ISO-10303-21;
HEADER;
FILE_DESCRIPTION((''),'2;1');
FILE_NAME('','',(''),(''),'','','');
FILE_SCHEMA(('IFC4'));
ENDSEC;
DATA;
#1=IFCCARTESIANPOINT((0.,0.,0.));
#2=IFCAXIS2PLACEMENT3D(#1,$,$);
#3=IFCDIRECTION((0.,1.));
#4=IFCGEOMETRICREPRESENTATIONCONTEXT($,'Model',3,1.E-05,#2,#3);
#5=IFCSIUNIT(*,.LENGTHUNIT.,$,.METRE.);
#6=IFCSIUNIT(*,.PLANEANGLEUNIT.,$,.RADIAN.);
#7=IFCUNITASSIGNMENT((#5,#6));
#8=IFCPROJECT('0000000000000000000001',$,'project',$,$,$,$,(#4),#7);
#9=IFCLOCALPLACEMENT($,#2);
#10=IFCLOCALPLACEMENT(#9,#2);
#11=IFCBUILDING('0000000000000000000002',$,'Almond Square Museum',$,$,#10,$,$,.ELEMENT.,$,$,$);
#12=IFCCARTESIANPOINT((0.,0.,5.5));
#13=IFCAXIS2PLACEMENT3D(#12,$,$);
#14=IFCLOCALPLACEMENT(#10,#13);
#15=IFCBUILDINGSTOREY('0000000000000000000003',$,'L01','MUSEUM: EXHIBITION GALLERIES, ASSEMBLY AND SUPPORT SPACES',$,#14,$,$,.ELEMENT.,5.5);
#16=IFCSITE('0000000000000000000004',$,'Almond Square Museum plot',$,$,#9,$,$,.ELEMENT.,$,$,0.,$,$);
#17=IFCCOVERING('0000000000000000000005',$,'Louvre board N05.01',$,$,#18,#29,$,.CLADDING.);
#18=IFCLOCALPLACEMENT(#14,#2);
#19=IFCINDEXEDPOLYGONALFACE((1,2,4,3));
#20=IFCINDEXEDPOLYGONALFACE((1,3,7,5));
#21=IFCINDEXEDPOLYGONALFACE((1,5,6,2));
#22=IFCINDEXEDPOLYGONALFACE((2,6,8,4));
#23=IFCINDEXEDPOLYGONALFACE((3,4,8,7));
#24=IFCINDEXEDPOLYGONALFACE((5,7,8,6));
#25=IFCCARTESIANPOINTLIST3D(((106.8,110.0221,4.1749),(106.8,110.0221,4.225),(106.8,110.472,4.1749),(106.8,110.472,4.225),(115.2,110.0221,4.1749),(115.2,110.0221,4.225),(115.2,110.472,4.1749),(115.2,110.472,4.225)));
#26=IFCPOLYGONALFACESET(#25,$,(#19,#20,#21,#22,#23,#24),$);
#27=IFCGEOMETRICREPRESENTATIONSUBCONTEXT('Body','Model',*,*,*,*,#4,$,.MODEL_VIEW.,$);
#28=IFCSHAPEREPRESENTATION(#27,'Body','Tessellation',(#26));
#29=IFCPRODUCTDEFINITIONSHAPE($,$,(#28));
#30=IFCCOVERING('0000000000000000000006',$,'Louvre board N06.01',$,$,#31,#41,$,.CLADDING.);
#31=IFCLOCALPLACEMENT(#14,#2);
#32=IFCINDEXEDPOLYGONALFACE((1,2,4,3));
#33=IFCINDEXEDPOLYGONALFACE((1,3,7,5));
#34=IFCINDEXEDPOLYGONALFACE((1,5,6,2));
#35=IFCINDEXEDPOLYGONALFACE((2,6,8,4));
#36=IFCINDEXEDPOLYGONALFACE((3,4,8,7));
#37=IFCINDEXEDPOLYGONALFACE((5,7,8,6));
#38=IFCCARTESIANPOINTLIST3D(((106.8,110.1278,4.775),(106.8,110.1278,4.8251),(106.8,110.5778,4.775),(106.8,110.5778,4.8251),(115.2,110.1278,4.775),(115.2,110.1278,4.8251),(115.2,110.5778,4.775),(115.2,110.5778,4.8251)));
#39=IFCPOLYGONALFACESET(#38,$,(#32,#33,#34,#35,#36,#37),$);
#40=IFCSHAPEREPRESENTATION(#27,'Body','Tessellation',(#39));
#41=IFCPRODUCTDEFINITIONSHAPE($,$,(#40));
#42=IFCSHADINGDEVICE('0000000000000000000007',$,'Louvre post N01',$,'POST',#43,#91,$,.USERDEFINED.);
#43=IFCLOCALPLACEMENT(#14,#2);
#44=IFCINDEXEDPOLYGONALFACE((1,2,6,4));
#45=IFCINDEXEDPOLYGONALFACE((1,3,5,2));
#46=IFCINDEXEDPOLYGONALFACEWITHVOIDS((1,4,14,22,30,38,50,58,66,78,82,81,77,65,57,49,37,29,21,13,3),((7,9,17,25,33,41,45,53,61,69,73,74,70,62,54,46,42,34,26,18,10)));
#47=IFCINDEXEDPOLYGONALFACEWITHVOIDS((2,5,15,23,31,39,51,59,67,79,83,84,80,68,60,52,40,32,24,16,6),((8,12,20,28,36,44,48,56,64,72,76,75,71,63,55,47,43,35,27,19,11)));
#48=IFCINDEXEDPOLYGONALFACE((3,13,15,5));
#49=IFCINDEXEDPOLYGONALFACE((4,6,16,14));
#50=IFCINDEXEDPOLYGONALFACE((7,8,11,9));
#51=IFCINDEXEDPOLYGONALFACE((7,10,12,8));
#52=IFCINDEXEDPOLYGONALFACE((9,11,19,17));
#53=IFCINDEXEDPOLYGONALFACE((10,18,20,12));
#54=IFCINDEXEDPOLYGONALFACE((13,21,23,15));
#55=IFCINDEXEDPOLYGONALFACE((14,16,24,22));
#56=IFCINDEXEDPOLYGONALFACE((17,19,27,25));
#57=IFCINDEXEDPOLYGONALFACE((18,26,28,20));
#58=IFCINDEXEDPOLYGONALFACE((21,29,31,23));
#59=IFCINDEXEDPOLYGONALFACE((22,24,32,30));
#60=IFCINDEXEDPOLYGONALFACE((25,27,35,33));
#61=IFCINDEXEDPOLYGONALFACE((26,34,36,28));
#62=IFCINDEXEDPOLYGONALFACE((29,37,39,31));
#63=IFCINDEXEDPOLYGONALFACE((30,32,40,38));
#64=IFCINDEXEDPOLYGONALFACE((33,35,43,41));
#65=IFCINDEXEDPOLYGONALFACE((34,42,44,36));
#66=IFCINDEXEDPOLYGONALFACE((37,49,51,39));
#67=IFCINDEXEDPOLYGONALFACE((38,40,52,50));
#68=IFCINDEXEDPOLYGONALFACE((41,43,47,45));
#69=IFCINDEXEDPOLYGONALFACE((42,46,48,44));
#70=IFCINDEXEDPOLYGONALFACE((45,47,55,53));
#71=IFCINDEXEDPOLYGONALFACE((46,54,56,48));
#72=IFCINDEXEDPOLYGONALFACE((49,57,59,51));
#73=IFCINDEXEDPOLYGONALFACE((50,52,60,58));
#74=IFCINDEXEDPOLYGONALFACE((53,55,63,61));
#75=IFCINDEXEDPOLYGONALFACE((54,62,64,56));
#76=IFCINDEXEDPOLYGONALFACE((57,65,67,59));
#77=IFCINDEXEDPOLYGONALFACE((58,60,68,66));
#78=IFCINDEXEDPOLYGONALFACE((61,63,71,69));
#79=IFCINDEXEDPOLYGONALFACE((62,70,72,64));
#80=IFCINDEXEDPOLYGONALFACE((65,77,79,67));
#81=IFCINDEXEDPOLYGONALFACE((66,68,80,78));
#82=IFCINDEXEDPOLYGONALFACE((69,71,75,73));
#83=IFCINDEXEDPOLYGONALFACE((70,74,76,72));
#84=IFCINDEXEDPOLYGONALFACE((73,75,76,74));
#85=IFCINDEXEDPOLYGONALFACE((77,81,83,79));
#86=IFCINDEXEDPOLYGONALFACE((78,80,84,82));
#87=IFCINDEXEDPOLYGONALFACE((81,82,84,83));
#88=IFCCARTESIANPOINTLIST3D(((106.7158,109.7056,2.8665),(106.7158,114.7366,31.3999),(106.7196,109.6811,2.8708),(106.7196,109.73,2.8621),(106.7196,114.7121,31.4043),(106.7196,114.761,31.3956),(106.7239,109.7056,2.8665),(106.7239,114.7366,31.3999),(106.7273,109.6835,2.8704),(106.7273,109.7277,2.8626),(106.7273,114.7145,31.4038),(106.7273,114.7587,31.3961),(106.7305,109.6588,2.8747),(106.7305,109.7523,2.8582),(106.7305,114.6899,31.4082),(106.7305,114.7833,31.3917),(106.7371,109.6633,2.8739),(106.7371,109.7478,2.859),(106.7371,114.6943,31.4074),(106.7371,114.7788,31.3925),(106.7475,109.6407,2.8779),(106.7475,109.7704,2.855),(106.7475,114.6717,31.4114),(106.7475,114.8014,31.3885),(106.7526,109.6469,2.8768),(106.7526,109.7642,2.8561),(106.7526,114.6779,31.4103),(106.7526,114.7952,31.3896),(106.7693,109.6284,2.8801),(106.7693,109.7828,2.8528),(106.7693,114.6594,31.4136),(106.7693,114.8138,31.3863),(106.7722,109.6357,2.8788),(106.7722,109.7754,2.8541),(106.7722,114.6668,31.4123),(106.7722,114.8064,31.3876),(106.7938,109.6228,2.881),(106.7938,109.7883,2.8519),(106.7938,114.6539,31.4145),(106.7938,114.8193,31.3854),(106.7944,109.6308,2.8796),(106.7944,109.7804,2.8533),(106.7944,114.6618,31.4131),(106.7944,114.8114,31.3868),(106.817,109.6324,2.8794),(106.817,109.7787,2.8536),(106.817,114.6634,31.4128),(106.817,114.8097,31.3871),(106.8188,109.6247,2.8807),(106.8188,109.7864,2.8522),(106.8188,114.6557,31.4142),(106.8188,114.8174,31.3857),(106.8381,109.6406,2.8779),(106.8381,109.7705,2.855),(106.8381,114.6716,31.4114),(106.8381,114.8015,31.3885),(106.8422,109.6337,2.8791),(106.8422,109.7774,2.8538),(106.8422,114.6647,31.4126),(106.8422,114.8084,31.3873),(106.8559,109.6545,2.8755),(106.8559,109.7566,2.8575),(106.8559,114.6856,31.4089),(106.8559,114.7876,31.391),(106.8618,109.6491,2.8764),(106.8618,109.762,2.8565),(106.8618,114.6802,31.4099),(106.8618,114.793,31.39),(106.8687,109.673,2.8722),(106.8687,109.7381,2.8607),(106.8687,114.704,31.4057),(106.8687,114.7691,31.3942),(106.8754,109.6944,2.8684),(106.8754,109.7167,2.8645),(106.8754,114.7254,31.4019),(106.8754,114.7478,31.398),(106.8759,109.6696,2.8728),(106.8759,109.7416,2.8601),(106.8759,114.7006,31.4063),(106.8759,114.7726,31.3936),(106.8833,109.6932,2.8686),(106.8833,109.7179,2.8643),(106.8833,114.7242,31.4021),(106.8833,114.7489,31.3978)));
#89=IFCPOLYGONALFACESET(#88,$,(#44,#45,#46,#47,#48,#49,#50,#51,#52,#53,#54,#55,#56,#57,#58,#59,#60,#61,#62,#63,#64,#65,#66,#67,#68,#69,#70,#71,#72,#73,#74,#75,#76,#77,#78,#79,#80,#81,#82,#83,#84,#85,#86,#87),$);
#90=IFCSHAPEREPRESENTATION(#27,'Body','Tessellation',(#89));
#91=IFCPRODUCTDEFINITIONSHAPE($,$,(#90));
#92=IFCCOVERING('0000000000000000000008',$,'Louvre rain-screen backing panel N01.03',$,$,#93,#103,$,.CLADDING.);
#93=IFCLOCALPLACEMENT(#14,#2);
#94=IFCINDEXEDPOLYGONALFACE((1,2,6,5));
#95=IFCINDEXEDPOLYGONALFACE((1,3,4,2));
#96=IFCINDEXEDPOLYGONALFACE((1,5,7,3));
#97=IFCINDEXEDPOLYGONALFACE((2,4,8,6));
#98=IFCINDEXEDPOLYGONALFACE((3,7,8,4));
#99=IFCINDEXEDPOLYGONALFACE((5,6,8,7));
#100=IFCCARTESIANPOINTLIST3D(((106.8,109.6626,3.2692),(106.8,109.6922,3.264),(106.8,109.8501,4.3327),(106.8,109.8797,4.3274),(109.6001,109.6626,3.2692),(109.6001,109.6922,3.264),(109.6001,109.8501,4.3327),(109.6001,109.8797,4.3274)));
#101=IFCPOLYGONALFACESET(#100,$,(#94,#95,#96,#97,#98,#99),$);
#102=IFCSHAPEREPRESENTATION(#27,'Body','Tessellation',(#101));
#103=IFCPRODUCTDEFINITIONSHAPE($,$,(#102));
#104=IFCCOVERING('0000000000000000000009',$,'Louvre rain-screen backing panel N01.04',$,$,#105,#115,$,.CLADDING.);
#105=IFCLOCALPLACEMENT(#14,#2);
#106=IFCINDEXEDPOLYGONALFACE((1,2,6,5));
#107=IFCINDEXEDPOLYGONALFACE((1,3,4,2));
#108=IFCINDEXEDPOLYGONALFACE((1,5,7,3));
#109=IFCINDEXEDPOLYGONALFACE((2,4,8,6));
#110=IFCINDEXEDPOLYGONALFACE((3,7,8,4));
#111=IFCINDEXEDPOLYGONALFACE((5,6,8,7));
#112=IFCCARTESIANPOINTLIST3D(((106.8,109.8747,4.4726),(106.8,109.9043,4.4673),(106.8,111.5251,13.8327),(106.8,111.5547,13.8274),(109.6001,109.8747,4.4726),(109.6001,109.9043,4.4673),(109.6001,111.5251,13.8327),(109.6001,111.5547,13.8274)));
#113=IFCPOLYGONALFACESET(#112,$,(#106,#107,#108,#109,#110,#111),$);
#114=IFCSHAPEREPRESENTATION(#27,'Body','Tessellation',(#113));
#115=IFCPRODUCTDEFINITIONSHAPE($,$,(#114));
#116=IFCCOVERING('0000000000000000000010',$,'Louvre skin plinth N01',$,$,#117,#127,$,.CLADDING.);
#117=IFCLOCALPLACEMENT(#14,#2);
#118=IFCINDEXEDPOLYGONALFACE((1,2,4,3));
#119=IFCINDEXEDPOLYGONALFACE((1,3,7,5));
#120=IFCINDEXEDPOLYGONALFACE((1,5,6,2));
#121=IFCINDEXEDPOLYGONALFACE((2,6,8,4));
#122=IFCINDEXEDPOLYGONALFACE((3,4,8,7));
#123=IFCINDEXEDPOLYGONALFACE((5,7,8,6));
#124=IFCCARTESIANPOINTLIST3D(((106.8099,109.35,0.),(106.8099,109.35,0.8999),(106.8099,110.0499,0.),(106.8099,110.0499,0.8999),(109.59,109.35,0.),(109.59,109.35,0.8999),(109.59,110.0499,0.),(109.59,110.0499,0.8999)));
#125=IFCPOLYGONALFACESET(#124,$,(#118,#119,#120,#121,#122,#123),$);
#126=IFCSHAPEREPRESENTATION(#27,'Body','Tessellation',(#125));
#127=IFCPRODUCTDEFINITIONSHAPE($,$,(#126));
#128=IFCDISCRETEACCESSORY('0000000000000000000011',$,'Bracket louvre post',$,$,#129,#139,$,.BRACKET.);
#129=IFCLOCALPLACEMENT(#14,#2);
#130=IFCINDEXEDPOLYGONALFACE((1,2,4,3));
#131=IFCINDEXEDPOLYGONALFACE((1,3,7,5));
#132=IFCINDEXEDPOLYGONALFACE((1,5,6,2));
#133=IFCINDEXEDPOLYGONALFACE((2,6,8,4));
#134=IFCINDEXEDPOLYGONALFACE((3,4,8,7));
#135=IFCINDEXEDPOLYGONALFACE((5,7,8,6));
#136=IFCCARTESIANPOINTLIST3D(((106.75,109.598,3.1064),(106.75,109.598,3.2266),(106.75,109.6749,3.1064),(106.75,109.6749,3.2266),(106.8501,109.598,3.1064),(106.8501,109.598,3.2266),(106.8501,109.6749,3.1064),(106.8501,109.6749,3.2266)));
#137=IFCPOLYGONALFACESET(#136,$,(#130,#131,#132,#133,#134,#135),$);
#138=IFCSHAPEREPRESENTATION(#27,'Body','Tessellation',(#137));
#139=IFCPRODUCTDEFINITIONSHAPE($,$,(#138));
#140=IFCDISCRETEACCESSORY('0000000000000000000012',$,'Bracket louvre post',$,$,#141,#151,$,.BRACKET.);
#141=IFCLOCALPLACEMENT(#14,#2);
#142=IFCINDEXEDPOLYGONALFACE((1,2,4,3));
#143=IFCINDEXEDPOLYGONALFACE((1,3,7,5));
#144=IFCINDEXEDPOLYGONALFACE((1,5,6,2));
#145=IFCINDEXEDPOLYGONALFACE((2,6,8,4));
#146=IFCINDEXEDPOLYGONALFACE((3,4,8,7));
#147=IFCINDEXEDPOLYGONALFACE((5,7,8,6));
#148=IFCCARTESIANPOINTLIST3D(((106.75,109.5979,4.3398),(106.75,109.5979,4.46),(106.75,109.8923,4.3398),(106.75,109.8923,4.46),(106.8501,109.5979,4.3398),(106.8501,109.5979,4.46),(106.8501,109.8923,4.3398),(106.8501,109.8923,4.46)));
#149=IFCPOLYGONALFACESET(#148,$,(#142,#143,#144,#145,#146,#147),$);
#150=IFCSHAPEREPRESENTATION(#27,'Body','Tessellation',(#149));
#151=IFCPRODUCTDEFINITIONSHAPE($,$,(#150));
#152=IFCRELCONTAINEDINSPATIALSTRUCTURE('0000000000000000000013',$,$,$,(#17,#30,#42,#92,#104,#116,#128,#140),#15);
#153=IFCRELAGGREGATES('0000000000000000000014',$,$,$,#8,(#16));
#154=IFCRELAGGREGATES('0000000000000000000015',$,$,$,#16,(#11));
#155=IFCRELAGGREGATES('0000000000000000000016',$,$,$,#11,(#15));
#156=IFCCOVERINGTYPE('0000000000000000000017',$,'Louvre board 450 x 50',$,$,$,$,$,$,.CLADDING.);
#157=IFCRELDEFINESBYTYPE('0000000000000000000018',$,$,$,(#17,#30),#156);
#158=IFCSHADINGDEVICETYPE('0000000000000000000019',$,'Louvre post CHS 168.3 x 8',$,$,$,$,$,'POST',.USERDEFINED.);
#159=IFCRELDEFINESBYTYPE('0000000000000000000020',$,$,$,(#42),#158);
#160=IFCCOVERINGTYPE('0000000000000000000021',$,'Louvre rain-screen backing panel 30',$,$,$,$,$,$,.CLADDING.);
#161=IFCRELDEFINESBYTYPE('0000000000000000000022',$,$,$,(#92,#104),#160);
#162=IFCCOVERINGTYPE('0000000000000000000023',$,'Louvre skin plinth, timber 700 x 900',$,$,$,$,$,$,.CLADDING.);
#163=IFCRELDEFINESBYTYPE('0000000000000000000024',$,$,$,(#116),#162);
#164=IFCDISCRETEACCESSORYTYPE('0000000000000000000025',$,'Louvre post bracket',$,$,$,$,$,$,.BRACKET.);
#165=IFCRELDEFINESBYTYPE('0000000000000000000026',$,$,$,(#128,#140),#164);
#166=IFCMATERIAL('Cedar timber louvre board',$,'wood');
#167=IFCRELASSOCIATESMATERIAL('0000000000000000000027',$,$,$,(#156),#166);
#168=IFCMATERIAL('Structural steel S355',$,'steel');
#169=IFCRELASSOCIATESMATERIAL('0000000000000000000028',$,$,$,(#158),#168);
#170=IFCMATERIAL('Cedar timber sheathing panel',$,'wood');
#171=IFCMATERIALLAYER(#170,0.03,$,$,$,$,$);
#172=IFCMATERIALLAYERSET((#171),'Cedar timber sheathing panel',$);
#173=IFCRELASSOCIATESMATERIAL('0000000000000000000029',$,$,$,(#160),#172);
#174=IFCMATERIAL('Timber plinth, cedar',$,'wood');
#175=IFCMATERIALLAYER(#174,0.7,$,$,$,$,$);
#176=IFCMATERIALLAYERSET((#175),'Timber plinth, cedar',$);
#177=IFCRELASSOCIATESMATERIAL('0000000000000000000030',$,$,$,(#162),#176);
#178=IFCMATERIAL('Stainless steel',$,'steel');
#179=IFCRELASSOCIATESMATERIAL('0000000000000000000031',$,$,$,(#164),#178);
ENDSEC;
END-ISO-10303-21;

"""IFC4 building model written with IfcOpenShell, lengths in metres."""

from ifc_helpers import new_model, si_unit, direction, frame, origin, origin_2d, place, context, subcontext, project, spatial, polyline, rectangle, hollow_circle, outline, extrude, material, layer, layer_set, material_profile, profile_set, type_object, element, save


model = new_model("IFC4")

# Units and contexts
model_context = context("Model", 3, precision=1e-05, world=origin(), true_north=direction((0.0, 1.0)))
body_context = subcontext(model_context, "Body", "Model", "MODEL_VIEW")
ifc_project = project(units=[si_unit("LENGTHUNIT", "METRE"), si_unit("PLANEANGLEUNIT", "RADIAN")], contexts=[model_context])

# Site, building, storey
site_placement = place(None, origin())
site = spatial("IfcSite", under=ifc_project, at=site_placement, Name="Almond Square Museum plot", CompositionType="ELEMENT", RefElevation=0.0)
building_placement = place(site_placement, origin())
building = spatial("IfcBuilding", under=site, at=building_placement, Name="Almond Square Museum", CompositionType="ELEMENT")
storey_placement = place(building_placement, frame((0.0, 0.0, 5.5)))
storey = spatial("IfcBuildingStorey", under=building, at=storey_placement, Name="L01", Description="MUSEUM: EXHIBITION GALLERIES, ASSEMBLY AND SUPPORT SPACES", CompositionType="ELEMENT", Elevation=5.5)

# Coverings
ifc_material_1 = material(Name="Cedar timber louvre board", Category="wood")
ifc_material_profile_1 = material_profile(ifc_material_1, rectangle(XDim=0.45, YDim=0.05, at=origin_2d()))
ifc_profile_set_1 = profile_set([ifc_material_profile_1], Name="Cedar timber louvre board")
covering_type_1 = type_object("IfcCoveringType", Name="Louvre board 450 x 50", PredefinedType="CLADDING", material=ifc_profile_set_1)
for number, where, z_axis, x_axis, name in (
    (1, (106.8, 110.2471, 4.2), (1.0, 0.0, 0.0), (0.0, 1.0, 0.0), "Louvre board N05.01"),
    (2, (106.8, 110.3528, 4.8), (1.0, 0.0, 0.0), (0.0, 1.0, 0.0), "Louvre board N06.01"),
):
    element("IfcCovering", number, at=place(storey_placement, frame(where, z_axis=z_axis, x_axis=x_axis)), inside=storey, type_object=covering_type_1, Name=name, PredefinedType="CLADDING", context=body_context, shape_type="SweptSolid", body=[
        extrude(rectangle(XDim=0.45, YDim=0.05, at=origin_2d()), origin(), (0.0, 0.0, 1.0), 8.3999),
    ])

# Shading device
ifc_material_2 = material(Name="Structural steel S355", Category="steel")
ifc_material_profile_2 = material_profile(ifc_material_2, hollow_circle(Radius=0.0842, WallThickness=0.0081, at=origin_2d()))
ifc_profile_set_2 = profile_set([ifc_material_profile_2], Name="Structural steel S355")
shading_device_type = type_object("IfcShadingDeviceType", Name="Louvre post CHS 168.3 x 8", ElementType="POST", PredefinedType="USERDEFINED", material=ifc_profile_set_2)
shading_device_placement = place(storey_placement, frame((106.8, 109.7056, 2.8665), z_axis=(0.0, 0.173641, 0.984809), x_axis=(-1.0, 0.0, 0.0)))
element("IfcShadingDevice", 3, at=shading_device_placement, inside=storey, type_object=shading_device_type, Name="Louvre post N01", ObjectType="POST", PredefinedType="USERDEFINED", context=body_context, shape_type="SweptSolid", body=[
    extrude(hollow_circle(Radius=0.0842, WallThickness=0.0081, at=origin_2d()), origin(), (0.0, 0.0, 1.0), 28.9736),
])

# Coverings
ifc_material_3 = material(Name="Cedar timber sheathing panel", Category="wood")
ifc_layer_1 = layer(ifc_material_3, 0.03)
ifc_layer_set_1 = layer_set([ifc_layer_1], Name="Cedar timber sheathing panel")
covering_type_2 = type_object("IfcCoveringType", Name="Louvre rain-screen backing panel 30", PredefinedType="CLADDING", material=ifc_layer_set_1)
covering_1_placement = place(storey_placement, frame((106.8, 109.6772, 3.2666), z_axis=(0.0, -0.984811, 0.173631), x_axis=(1.0, 0.0, 0.0)))
element("IfcCovering", 4, at=covering_1_placement, inside=storey, type_object=covering_type_2, Name="Louvre rain-screen backing panel N01.03", PredefinedType="CLADDING", context=body_context, shape_type="SweptSolid", body=[
    extrude(outline(polyline([(0.0, 0.0), (2.8, 0.0), (2.8, 1.0799), (0.0, 1.0799), (0.0, 0.0)])), frame((0.0, 0.0, -0.0151)), (0.0, 0.0, 1.0), 0.03),
])
covering_2_placement = place(storey_placement, frame((106.8, 109.8894, 4.47), z_axis=(0.0, -0.984809, 0.173643), x_axis=(1.0, 0.0, 0.0)))
element("IfcCovering", 5, at=covering_2_placement, inside=storey, type_object=covering_type_2, Name="Louvre rain-screen backing panel N01.04", PredefinedType="CLADDING", context=body_context, shape_type="SweptSolid", body=[
    extrude(outline(polyline([(0.0, 0.0), (2.8, 0.0), (2.8, 9.5045), (0.0, 9.5045), (0.0, 0.0)])), frame((0.0, 0.0, -0.0151)), (0.0, 0.0, 1.0), 0.03),
])
ifc_material_4 = material(Name="Timber plinth, cedar", Category="wood")
ifc_layer_2 = layer(ifc_material_4, 0.7)
ifc_layer_set_2 = layer_set([ifc_layer_2], Name="Timber plinth, cedar")
covering_type_3 = type_object("IfcCoveringType", Name="Louvre skin plinth, timber 700 x 900", PredefinedType="CLADDING", material=ifc_layer_set_2)
covering_3_placement = place(storey_placement, frame((108.2, 109.7, 0.0), z_axis=(0.0, 0.0, 1.0), x_axis=(1.0, 0.0, 0.0)))
element("IfcCovering", 6, at=covering_3_placement, inside=storey, type_object=covering_type_3, Name="Louvre skin plinth N01", PredefinedType="CLADDING", context=body_context, shape_type="SweptSolid", body=[
    extrude(rectangle(XDim=2.78, YDim=0.7, at=origin_2d()), origin(), (0.0, 0.0, 1.0), 0.8999),
])

# Discrete accessories
ifc_material_5 = material(Name="Stainless steel", Category="steel")
discrete_accessory_type = type_object("IfcDiscreteAccessoryType", Name="Louvre post bracket", PredefinedType="BRACKET", material=ifc_material_5)
discrete_accessory_1_placement = place(storey_placement, frame((106.8, 109.6365, 3.1064), z_axis=(0.0, 0.0, 1.0), x_axis=(1.0, 0.0, 0.0)))
element("IfcDiscreteAccessory", 7, at=discrete_accessory_1_placement, inside=storey, type_object=discrete_accessory_type, Name="Bracket louvre post", PredefinedType="BRACKET", context=body_context, shape_type="SweptSolid", body=[
    extrude(rectangle(XDim=0.1001, YDim=0.0769, at=origin_2d()), origin(), (0.0, 0.0, 1.0), 0.1201),
])
discrete_accessory_2_placement = place(storey_placement, frame((106.8, 109.7451, 4.3398), z_axis=(0.0, 0.0, 1.0), x_axis=(1.0, 0.0, 0.0)))
element("IfcDiscreteAccessory", 8, at=discrete_accessory_2_placement, inside=storey, type_object=discrete_accessory_type, Name="Bracket louvre post", PredefinedType="BRACKET", context=body_context, shape_type="SweptSolid", body=[
    extrude(rectangle(XDim=0.1001, YDim=0.2944, at=origin_2d()), origin(), (0.0, 0.0, 1.0), 0.1201),
])

save(model, "model.ifc")
